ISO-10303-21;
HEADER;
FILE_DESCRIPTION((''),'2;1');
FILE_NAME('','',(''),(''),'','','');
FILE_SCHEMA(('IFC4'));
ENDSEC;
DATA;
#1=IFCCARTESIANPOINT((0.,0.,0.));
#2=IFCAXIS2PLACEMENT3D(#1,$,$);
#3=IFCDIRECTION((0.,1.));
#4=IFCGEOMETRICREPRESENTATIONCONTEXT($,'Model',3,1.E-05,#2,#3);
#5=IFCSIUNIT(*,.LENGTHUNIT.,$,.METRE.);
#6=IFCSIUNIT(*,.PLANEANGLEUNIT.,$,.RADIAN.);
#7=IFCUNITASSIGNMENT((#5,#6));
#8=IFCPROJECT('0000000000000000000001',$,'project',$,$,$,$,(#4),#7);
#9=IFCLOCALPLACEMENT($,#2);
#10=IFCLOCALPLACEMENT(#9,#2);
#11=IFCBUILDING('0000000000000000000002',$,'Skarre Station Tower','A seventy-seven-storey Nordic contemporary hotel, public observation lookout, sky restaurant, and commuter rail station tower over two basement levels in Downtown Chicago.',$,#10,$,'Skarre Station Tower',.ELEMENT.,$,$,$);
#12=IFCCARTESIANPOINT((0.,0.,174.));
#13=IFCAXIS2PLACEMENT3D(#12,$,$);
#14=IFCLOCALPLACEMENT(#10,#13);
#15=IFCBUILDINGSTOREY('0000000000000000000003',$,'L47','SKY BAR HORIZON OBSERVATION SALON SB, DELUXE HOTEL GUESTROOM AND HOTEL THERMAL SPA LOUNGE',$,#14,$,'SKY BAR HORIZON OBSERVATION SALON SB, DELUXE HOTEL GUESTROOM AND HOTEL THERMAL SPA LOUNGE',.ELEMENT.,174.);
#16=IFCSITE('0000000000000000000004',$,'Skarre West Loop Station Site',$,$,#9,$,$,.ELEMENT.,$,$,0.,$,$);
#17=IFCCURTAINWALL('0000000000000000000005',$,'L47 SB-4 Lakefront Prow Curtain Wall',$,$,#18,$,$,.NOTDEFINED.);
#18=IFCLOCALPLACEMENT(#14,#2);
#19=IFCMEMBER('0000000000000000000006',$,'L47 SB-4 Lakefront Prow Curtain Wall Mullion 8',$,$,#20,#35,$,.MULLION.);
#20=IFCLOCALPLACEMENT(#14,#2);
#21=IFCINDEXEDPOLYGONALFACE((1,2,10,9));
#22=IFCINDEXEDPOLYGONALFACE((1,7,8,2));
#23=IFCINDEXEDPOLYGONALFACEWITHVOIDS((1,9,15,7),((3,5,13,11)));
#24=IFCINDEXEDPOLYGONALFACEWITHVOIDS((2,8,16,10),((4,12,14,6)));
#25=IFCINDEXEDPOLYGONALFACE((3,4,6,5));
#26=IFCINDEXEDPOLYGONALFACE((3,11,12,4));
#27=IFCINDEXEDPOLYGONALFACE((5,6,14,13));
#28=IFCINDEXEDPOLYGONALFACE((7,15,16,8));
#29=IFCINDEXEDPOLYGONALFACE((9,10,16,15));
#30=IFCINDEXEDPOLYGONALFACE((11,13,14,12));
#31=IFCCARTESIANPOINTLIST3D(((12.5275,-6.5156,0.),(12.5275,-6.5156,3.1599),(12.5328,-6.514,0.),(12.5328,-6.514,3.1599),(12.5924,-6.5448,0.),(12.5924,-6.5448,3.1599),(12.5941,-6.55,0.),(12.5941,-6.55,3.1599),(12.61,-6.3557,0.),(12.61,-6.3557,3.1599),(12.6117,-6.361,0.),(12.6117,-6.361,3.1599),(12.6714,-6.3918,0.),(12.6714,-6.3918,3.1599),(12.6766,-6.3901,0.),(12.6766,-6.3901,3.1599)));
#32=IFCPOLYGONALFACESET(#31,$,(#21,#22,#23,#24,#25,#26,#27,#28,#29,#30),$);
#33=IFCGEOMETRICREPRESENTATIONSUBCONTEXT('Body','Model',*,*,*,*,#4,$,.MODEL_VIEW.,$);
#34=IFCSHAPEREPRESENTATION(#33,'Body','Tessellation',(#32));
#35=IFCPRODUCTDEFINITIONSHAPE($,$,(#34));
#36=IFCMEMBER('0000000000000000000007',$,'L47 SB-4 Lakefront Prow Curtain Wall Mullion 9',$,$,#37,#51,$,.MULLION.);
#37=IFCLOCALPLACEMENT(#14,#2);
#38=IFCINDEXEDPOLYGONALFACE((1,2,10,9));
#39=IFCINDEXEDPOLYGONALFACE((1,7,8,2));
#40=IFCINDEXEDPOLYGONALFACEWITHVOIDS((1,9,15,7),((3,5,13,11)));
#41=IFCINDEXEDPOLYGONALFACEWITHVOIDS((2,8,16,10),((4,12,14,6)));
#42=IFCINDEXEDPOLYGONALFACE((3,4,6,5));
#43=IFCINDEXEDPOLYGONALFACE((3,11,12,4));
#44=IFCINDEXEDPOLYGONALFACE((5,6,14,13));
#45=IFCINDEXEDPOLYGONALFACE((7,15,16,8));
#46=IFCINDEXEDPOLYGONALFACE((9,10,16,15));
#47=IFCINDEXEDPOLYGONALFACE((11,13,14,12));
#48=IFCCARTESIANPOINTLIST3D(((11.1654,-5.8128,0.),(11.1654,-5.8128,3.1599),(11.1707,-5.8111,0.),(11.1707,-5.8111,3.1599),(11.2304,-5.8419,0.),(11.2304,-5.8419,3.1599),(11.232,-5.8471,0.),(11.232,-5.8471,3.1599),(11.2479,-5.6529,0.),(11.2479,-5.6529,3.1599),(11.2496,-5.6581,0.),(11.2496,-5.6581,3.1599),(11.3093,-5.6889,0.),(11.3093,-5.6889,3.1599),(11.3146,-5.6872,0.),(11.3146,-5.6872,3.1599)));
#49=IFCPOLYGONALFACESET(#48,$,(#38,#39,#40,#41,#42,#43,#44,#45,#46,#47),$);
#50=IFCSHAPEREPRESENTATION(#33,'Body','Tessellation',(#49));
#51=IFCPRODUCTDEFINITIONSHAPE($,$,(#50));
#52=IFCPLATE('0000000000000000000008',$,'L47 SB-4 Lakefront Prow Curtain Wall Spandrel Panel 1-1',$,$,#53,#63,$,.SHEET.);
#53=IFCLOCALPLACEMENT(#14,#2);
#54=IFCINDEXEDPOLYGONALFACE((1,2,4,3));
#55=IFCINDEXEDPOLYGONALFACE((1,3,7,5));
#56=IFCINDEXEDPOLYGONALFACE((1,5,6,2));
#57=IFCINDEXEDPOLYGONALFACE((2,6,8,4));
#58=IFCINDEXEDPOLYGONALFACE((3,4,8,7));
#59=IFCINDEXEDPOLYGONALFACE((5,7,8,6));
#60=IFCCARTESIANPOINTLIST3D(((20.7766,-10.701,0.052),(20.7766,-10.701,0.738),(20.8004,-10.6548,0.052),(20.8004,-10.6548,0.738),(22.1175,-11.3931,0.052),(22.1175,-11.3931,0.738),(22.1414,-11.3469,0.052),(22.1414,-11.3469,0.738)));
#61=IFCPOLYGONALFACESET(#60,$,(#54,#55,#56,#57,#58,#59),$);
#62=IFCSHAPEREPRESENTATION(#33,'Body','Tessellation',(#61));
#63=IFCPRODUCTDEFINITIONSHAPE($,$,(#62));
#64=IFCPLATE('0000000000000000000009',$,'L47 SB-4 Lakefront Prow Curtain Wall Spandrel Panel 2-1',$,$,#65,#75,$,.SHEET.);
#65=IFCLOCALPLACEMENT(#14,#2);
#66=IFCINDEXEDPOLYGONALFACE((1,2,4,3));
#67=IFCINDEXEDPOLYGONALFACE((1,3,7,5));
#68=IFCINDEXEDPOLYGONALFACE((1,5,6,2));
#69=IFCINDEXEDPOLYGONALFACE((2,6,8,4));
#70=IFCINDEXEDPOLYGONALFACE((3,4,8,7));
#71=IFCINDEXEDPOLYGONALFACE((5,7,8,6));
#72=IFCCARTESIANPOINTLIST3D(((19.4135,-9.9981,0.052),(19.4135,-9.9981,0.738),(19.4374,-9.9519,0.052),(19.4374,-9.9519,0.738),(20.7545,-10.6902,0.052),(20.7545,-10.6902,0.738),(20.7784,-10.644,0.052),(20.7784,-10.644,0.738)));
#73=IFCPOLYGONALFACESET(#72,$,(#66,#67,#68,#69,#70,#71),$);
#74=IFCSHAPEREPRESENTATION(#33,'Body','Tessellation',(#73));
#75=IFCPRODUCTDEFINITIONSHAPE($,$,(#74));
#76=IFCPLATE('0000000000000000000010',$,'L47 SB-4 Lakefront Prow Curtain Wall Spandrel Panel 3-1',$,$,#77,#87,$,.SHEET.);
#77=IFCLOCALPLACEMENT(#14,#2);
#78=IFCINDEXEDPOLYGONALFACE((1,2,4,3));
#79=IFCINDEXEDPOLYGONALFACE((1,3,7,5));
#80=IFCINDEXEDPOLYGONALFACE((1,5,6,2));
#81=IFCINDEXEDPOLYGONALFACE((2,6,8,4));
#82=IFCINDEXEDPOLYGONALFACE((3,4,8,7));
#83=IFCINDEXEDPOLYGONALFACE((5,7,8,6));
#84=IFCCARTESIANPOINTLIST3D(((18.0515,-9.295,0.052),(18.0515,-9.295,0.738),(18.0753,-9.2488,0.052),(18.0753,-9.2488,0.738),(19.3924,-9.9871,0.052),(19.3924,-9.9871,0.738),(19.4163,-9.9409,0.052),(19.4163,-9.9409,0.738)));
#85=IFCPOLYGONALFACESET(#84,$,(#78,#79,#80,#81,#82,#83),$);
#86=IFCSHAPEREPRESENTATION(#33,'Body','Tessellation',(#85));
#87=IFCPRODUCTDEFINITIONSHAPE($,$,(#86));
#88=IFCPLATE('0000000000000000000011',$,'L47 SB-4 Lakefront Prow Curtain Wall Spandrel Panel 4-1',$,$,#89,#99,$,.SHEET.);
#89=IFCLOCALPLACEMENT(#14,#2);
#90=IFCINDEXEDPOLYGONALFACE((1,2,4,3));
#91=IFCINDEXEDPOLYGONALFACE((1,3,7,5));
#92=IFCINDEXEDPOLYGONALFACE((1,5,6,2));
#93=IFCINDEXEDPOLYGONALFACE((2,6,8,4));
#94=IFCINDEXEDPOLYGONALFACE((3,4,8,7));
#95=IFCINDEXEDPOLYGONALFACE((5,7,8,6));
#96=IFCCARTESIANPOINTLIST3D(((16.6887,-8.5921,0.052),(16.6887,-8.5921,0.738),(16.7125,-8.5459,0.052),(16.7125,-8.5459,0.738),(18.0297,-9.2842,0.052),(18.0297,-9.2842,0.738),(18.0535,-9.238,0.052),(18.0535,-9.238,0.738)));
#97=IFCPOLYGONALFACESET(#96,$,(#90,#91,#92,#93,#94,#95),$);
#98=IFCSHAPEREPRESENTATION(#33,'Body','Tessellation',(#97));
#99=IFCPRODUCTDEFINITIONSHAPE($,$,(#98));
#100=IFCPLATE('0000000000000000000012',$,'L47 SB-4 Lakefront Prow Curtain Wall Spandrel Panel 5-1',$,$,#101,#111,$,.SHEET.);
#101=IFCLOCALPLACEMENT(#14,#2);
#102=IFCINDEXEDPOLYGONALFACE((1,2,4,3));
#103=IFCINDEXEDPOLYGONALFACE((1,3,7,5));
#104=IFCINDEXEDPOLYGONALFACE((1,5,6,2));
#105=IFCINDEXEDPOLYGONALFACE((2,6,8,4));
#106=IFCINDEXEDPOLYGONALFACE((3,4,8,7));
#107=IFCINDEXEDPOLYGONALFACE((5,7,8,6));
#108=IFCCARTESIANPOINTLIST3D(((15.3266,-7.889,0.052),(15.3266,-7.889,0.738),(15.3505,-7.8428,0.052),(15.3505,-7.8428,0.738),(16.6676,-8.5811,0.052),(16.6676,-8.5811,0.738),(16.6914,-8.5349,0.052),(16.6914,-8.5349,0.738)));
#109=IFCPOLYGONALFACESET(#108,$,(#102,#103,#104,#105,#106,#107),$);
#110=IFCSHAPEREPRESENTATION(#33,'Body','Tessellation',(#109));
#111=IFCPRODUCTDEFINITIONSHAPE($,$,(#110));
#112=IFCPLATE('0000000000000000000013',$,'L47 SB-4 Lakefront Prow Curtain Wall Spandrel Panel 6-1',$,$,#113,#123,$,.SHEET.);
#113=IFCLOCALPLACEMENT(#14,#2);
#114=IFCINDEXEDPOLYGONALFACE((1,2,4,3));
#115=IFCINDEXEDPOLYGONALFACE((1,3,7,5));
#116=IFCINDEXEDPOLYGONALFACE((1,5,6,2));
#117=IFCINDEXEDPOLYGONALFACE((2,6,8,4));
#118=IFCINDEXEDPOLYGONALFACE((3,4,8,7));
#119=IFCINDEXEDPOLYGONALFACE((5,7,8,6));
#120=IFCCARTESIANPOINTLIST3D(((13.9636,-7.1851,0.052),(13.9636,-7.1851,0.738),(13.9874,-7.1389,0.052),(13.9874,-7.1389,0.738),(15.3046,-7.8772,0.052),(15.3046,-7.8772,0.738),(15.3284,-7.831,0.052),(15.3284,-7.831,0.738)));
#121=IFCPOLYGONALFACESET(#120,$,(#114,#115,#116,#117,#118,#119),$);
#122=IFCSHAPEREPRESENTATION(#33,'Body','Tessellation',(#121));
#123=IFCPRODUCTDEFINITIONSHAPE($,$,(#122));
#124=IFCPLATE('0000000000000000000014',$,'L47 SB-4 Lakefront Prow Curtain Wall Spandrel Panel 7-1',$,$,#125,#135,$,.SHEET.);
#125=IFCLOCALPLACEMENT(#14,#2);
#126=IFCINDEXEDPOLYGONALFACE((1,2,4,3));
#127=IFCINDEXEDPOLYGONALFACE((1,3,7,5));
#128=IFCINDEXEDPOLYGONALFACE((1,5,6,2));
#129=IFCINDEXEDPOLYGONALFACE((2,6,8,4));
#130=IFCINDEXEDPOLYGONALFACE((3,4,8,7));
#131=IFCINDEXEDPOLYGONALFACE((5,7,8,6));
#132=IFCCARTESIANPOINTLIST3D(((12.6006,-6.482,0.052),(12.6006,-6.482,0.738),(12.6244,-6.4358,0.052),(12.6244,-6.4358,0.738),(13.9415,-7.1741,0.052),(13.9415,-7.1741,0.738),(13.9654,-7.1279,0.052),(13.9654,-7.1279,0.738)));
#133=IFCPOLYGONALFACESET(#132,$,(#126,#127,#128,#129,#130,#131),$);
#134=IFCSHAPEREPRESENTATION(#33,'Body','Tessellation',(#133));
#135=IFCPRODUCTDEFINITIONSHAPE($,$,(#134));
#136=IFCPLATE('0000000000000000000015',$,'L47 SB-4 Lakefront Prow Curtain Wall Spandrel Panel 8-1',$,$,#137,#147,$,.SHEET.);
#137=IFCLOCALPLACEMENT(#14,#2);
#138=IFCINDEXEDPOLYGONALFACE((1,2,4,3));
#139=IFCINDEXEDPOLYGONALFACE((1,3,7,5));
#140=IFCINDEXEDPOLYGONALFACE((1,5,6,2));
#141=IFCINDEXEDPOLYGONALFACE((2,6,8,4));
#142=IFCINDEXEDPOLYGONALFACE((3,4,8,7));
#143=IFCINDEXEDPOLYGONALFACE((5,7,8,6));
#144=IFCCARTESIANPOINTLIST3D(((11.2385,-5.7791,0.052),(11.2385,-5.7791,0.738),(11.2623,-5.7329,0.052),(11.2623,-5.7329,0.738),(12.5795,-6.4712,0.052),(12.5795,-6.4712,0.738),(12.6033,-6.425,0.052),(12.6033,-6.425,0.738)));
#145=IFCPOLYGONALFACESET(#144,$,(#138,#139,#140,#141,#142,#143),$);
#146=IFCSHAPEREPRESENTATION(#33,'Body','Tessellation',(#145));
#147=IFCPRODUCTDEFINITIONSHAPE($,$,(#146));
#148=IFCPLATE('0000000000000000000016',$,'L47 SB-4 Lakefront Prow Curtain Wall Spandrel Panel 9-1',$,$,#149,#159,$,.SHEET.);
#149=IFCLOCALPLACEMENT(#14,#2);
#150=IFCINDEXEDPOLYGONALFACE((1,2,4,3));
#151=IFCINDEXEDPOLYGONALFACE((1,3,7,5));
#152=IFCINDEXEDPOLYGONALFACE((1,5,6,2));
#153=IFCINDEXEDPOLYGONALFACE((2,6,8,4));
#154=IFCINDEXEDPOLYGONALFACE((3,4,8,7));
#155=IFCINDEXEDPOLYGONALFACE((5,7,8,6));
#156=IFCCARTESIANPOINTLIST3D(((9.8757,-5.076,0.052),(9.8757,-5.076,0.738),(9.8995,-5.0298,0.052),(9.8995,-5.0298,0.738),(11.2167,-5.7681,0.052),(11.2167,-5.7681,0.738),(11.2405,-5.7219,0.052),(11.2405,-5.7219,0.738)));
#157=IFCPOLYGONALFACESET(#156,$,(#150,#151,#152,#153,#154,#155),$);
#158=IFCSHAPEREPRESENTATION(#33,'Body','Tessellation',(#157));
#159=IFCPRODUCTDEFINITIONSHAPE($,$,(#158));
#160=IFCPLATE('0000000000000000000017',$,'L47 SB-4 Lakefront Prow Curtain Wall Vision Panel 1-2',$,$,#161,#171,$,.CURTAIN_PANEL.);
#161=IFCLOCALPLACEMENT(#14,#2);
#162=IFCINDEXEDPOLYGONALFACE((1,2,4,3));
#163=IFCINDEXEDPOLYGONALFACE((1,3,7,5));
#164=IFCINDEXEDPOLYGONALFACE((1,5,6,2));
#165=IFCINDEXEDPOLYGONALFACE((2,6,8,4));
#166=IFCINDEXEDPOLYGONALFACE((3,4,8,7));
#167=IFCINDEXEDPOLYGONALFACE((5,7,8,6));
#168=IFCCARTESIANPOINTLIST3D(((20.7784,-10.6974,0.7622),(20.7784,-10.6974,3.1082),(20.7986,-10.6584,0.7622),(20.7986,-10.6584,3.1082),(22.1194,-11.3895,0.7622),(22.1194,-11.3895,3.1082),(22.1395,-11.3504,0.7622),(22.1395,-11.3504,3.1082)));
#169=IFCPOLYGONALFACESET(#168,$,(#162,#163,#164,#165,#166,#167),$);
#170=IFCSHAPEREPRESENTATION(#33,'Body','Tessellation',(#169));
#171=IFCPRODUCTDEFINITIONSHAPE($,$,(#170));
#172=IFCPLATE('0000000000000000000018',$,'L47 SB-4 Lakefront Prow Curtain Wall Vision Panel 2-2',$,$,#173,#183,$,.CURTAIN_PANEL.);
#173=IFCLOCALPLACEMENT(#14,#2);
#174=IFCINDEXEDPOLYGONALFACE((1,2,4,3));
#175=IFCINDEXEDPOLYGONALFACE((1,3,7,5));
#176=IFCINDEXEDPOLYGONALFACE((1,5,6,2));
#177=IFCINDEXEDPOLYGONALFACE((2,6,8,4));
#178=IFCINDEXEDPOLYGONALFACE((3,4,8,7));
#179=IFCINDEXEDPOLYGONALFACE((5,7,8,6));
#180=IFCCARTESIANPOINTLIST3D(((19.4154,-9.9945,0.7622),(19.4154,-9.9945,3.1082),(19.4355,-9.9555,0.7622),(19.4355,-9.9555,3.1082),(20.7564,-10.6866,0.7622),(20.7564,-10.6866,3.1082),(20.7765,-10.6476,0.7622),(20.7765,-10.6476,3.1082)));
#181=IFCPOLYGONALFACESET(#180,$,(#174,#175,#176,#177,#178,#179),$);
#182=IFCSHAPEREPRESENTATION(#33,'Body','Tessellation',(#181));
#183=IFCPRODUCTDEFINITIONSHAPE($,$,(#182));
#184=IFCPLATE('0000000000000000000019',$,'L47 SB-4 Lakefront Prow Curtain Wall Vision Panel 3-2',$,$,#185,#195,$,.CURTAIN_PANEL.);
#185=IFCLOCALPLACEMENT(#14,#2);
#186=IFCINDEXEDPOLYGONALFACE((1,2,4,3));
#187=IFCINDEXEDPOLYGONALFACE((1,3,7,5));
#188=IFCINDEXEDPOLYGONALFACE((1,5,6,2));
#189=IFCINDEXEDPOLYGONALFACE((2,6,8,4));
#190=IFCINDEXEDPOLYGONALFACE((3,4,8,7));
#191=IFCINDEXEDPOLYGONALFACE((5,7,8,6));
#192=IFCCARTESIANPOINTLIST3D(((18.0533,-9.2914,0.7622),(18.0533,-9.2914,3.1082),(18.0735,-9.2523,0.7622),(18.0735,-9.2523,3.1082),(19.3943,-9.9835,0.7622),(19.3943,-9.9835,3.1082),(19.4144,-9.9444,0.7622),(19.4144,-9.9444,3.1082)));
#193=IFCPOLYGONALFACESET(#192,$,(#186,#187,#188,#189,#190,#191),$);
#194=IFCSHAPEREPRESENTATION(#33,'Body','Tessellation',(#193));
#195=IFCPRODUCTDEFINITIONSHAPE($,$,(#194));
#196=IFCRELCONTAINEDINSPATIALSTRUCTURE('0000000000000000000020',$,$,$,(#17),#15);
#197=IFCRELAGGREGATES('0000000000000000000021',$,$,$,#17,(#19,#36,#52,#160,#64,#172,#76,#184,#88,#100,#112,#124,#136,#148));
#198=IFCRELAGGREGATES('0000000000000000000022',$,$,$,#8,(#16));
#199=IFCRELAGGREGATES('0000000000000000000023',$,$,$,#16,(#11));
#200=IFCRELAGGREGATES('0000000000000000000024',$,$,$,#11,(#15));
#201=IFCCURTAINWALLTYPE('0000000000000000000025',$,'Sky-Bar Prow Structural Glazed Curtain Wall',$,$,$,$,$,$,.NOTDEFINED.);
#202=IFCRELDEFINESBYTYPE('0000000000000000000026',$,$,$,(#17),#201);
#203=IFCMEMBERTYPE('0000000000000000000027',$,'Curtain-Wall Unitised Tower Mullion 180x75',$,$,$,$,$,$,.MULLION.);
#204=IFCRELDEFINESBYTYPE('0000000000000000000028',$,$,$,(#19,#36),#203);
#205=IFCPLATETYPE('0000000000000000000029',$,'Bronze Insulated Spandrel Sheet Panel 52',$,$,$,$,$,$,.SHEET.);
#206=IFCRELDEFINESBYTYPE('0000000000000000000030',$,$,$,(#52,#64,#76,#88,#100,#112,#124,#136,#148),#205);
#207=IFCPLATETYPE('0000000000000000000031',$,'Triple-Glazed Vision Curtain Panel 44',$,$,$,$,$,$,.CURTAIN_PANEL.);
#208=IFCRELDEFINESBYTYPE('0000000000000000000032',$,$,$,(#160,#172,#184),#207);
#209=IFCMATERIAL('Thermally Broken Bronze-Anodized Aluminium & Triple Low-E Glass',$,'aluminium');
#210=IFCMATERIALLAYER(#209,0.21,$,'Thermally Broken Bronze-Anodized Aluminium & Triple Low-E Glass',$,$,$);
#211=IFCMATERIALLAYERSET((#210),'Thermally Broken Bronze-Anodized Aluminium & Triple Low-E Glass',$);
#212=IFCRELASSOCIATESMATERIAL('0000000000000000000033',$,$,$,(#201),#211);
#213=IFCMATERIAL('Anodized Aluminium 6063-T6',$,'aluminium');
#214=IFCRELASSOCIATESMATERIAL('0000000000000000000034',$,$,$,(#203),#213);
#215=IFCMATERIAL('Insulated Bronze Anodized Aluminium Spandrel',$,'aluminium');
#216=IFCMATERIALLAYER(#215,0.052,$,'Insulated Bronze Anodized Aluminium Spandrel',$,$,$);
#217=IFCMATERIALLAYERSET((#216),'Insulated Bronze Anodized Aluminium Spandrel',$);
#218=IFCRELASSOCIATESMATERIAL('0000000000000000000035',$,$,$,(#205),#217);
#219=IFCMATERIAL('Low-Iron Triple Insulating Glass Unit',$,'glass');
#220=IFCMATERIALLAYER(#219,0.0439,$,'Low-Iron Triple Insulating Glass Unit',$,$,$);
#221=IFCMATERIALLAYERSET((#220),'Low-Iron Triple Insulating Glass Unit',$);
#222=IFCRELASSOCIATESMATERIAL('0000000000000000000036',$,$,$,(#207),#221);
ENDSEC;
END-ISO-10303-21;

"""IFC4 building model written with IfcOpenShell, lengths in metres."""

from ifc_helpers import new_model, si_unit, direction, frame, origin, origin_2d, place, context, subcontext, project, spatial, rectangle, hollow_rectangle, extrude, material, layer, layer_set, material_profile, profile_set, type_object, element, aggregate, save


model = new_model("IFC4")

# Units and contexts
model_context = context("Model", 3, precision=1e-05, world=origin(), true_north=direction((0.0, 1.0)))
body_context = subcontext(model_context, "Body", "Model", "MODEL_VIEW")
ifc_project = project(units=[si_unit("LENGTHUNIT", "METRE"), si_unit("PLANEANGLEUNIT", "RADIAN")], contexts=[model_context])

# Site, building, storey
site_placement = place(None, origin())
site = spatial("IfcSite", under=ifc_project, at=site_placement, Name="Skarre West Loop Station Site", CompositionType="ELEMENT", RefElevation=0.0)
building_placement = place(site_placement, origin())
building = spatial("IfcBuilding", under=site, at=building_placement, Name="Skarre Station Tower", Description="A seventy-seven-storey Nordic contemporary hotel, public observation lookout, sky restaurant, and commuter rail station tower over two basement levels in Downtown Chicago.", LongName="Skarre Station Tower", CompositionType="ELEMENT")
storey_placement = place(building_placement, frame((0.0, 0.0, 174.0)))
storey = spatial("IfcBuildingStorey", under=building, at=storey_placement, Name="L47", Description="SKY BAR HORIZON OBSERVATION SALON SB, DELUXE HOTEL GUESTROOM AND HOTEL THERMAL SPA LOUNGE", LongName="SKY BAR HORIZON OBSERVATION SALON SB, DELUXE HOTEL GUESTROOM AND HOTEL THERMAL SPA LOUNGE", CompositionType="ELEMENT", Elevation=174.0)

# Curtain wall, members, plates
ifc_material_1 = material(Name="Thermally Broken Bronze-Anodized Aluminium & Triple Low-E Glass", Category="aluminium")
ifc_layer_1 = layer(ifc_material_1, 0.21, Name="Thermally Broken Bronze-Anodized Aluminium & Triple Low-E Glass")
ifc_layer_set_1 = layer_set([ifc_layer_1], Name="Thermally Broken Bronze-Anodized Aluminium & Triple Low-E Glass")
curtain_wall_type = type_object("IfcCurtainWallType", Name="Sky-Bar Prow Structural Glazed Curtain Wall", PredefinedType="NOTDEFINED", material=ifc_layer_set_1)
curtain_wall_placement = place(storey_placement, origin())
curtain_wall = element("IfcCurtainWall", 1, at=curtain_wall_placement, inside=storey, type_object=curtain_wall_type, Name="L47 SB-4 Lakefront Prow Curtain Wall", PredefinedType="NOTDEFINED")
ifc_material_2 = material(Name="Anodized Aluminium 6063-T6", Category="aluminium")
ifc_material_profile_1 = material_profile(ifc_material_2, hollow_rectangle(XDim=0.075, YDim=0.1799, WallThickness=0.0039, at=origin_2d()), Name="Anodized Aluminium 6063-T6")
ifc_profile_set_1 = profile_set([ifc_material_profile_1], Name="Anodized Aluminium 6063-T6")
member_type_1 = type_object("IfcMemberType", Name="Curtain-Wall Unitised Tower Mullion 180x75", PredefinedType="MULLION", material=ifc_profile_set_1)
member_1_placement = place(storey_placement, frame((12.6021, -6.4529, 0.0), z_axis=(0.0, 0.0, 1.0), x_axis=(-0.888625, 0.458634, 0.0)))
member_1 = element("IfcMember", 2, at=member_1_placement, type_object=member_type_1, Name="L47 SB-4 Lakefront Prow Curtain Wall Mullion 8", PredefinedType="MULLION", context=body_context, shape_type="SweptSolid", body=[
    extrude(hollow_rectangle(XDim=0.075, YDim=0.1799, WallThickness=0.0039, at=origin_2d()), origin(), (0.0, 0.0, 1.0), 3.1599),
])
member_2_placement = place(storey_placement, frame((11.24, -5.75, 0.0), z_axis=(0.0, 0.0, 1.0), x_axis=(-0.888625, 0.458634, 0.0)))
member_2 = element("IfcMember", 3, at=member_2_placement, type_object=member_type_1, Name="L47 SB-4 Lakefront Prow Curtain Wall Mullion 9", PredefinedType="MULLION", context=body_context, shape_type="SweptSolid", body=[
    extrude(hollow_rectangle(XDim=0.075, YDim=0.1799, WallThickness=0.0039, at=origin_2d()), origin(), (0.0, 0.0, 1.0), 3.1599),
])
ifc_material_3 = material(Name="Insulated Bronze Anodized Aluminium Spandrel", Category="aluminium")
ifc_layer_2 = layer(ifc_material_3, 0.052, Name="Insulated Bronze Anodized Aluminium Spandrel")
ifc_layer_set_2 = layer_set([ifc_layer_2], Name="Insulated Bronze Anodized Aluminium Spandrel")
plate_type_1 = type_object("IfcPlateType", Name="Bronze Insulated Spandrel Sheet Panel 52", PredefinedType="SHEET", material=ifc_layer_set_2)
plate_1_placement = place(storey_placement, frame((21.459, -11.0239, 0.052), z_axis=(0.0, 0.0, 1.0), x_axis=(-0.888625, 0.458634, 0.0)))
plate_1 = element("IfcPlate", 4, at=plate_1_placement, type_object=plate_type_1, Name="L47 SB-4 Lakefront Prow Curtain Wall Spandrel Panel 1-1", PredefinedType="SHEET", context=body_context, shape_type="SweptSolid", body=[
    extrude(rectangle(XDim=1.509, YDim=0.052, at=origin_2d()), origin(), (0.0, 0.0, 1.0), 0.686),
])
plate_2_placement = place(storey_placement, frame((20.0959, -10.321, 0.052), z_axis=(0.0, 0.0, 1.0), x_axis=(-0.888625, 0.458634, 0.0)))
plate_2 = element("IfcPlate", 5, at=plate_2_placement, type_object=plate_type_1, Name="L47 SB-4 Lakefront Prow Curtain Wall Spandrel Panel 2-1", PredefinedType="SHEET", context=body_context, shape_type="SweptSolid", body=[
    extrude(rectangle(XDim=1.509, YDim=0.052, at=origin_2d()), origin(), (0.0, 0.0, 1.0), 0.686),
])
plate_3_placement = place(storey_placement, frame((18.7339, -9.6179, 0.052), z_axis=(0.0, 0.0, 1.0), x_axis=(-0.888625, 0.458634, 0.0)))
plate_3 = element("IfcPlate", 6, at=plate_3_placement, type_object=plate_type_1, Name="L47 SB-4 Lakefront Prow Curtain Wall Spandrel Panel 3-1", PredefinedType="SHEET", context=body_context, shape_type="SweptSolid", body=[
    extrude(rectangle(XDim=1.509, YDim=0.052, at=origin_2d()), origin(), (0.0, 0.0, 1.0), 0.686),
])
plate_4_placement = place(storey_placement, frame((17.3711, -8.915, 0.052), z_axis=(0.0, 0.0, 1.0), x_axis=(-0.888625, 0.458634, 0.0)))
plate_4 = element("IfcPlate", 7, at=plate_4_placement, type_object=plate_type_1, Name="L47 SB-4 Lakefront Prow Curtain Wall Spandrel Panel 4-1", PredefinedType="SHEET", context=body_context, shape_type="SweptSolid", body=[
    extrude(rectangle(XDim=1.509, YDim=0.052, at=origin_2d()), origin(), (0.0, 0.0, 1.0), 0.686),
])
plate_5_placement = place(storey_placement, frame((16.009, -8.2119, 0.052), z_axis=(0.0, 0.0, 1.0), x_axis=(-0.888625, 0.458634, 0.0)))
plate_5 = element("IfcPlate", 8, at=plate_5_placement, type_object=plate_type_1, Name="L47 SB-4 Lakefront Prow Curtain Wall Spandrel Panel 5-1", PredefinedType="SHEET", context=body_context, shape_type="SweptSolid", body=[
    extrude(rectangle(XDim=1.509, YDim=0.052, at=origin_2d()), origin(), (0.0, 0.0, 1.0), 0.686),
])
plate_6_placement = place(storey_placement, frame((14.646, -7.5081, 0.052), z_axis=(0.0, 0.0, 1.0), x_axis=(-0.888625, 0.458634, 0.0)))
plate_6 = element("IfcPlate", 9, at=plate_6_placement, type_object=plate_type_1, Name="L47 SB-4 Lakefront Prow Curtain Wall Spandrel Panel 6-1", PredefinedType="SHEET", context=body_context, shape_type="SweptSolid", body=[
    extrude(rectangle(XDim=1.509, YDim=0.052, at=origin_2d()), origin(), (0.0, 0.0, 1.0), 0.686),
])
plate_7_placement = place(storey_placement, frame((13.283, -6.8049, 0.052), z_axis=(0.0, 0.0, 1.0), x_axis=(-0.888625, 0.458634, 0.0)))
plate_7 = element("IfcPlate", 10, at=plate_7_placement, type_object=plate_type_1, Name="L47 SB-4 Lakefront Prow Curtain Wall Spandrel Panel 7-1", PredefinedType="SHEET", context=body_context, shape_type="SweptSolid", body=[
    extrude(rectangle(XDim=1.509, YDim=0.052, at=origin_2d()), origin(), (0.0, 0.0, 1.0), 0.686),
])
plate_8_placement = place(storey_placement, frame((11.9209, -6.1021, 0.052), z_axis=(0.0, 0.0, 1.0), x_axis=(-0.888625, 0.458634, 0.0)))
plate_8 = element("IfcPlate", 11, at=plate_8_placement, type_object=plate_type_1, Name="L47 SB-4 Lakefront Prow Curtain Wall Spandrel Panel 8-1", PredefinedType="SHEET", context=body_context, shape_type="SweptSolid", body=[
    extrude(rectangle(XDim=1.509, YDim=0.052, at=origin_2d()), origin(), (0.0, 0.0, 1.0), 0.686),
])
plate_9_placement = place(storey_placement, frame((10.5581, -5.3989, 0.052), z_axis=(0.0, 0.0, 1.0), x_axis=(-0.888625, 0.458634, 0.0)))
plate_9 = element("IfcPlate", 12, at=plate_9_placement, type_object=plate_type_1, Name="L47 SB-4 Lakefront Prow Curtain Wall Spandrel Panel 9-1", PredefinedType="SHEET", context=body_context, shape_type="SweptSolid", body=[
    extrude(rectangle(XDim=1.509, YDim=0.052, at=origin_2d()), origin(), (0.0, 0.0, 1.0), 0.686),
])
ifc_material_4 = material(Name="Low-Iron Triple Insulating Glass Unit", Category="glass")
ifc_layer_3 = layer(ifc_material_4, 0.0439, Name="Low-Iron Triple Insulating Glass Unit")
ifc_layer_set_3 = layer_set([ifc_layer_3], Name="Low-Iron Triple Insulating Glass Unit")
plate_type_2 = type_object("IfcPlateType", Name="Triple-Glazed Vision Curtain Panel 44", PredefinedType="CURTAIN_PANEL", material=ifc_layer_set_3)
plate_10_placement = place(storey_placement, frame((21.459, -11.0239, 0.7622), z_axis=(0.0, 0.0, 1.0), x_axis=(-0.888625, 0.458634, 0.0)))
plate_10 = element("IfcPlate", 13, at=plate_10_placement, type_object=plate_type_2, Name="L47 SB-4 Lakefront Prow Curtain Wall Vision Panel 1-2", PredefinedType="CURTAIN_PANEL", context=body_context, shape_type="SweptSolid", body=[
    extrude(rectangle(XDim=1.509, YDim=0.0439, at=origin_2d()), origin(), (0.0, 0.0, 1.0), 2.3459),
])
plate_11_placement = place(storey_placement, frame((20.0959, -10.321, 0.7622), z_axis=(0.0, 0.0, 1.0), x_axis=(-0.888625, 0.458634, 0.0)))
plate_11 = element("IfcPlate", 14, at=plate_11_placement, type_object=plate_type_2, Name="L47 SB-4 Lakefront Prow Curtain Wall Vision Panel 2-2", PredefinedType="CURTAIN_PANEL", context=body_context, shape_type="SweptSolid", body=[
    extrude(rectangle(XDim=1.509, YDim=0.0439, at=origin_2d()), origin(), (0.0, 0.0, 1.0), 2.3459),
])
plate_12_placement = place(storey_placement, frame((18.7339, -9.6179, 0.7622), z_axis=(0.0, 0.0, 1.0), x_axis=(-0.888625, 0.458634, 0.0)))
plate_12 = element("IfcPlate", 15, at=plate_12_placement, type_object=plate_type_2, Name="L47 SB-4 Lakefront Prow Curtain Wall Vision Panel 3-2", PredefinedType="CURTAIN_PANEL", context=body_context, shape_type="SweptSolid", body=[
    extrude(rectangle(XDim=1.509, YDim=0.0439, at=origin_2d()), origin(), (0.0, 0.0, 1.0), 2.3459),
])
aggregate(curtain_wall, [member_1, member_2, plate_1, plate_10, plate_2, plate_11, plate_3, plate_12, plate_4, plate_5, plate_6, plate_7, plate_8, plate_9])

save(model, "model.ifc")
